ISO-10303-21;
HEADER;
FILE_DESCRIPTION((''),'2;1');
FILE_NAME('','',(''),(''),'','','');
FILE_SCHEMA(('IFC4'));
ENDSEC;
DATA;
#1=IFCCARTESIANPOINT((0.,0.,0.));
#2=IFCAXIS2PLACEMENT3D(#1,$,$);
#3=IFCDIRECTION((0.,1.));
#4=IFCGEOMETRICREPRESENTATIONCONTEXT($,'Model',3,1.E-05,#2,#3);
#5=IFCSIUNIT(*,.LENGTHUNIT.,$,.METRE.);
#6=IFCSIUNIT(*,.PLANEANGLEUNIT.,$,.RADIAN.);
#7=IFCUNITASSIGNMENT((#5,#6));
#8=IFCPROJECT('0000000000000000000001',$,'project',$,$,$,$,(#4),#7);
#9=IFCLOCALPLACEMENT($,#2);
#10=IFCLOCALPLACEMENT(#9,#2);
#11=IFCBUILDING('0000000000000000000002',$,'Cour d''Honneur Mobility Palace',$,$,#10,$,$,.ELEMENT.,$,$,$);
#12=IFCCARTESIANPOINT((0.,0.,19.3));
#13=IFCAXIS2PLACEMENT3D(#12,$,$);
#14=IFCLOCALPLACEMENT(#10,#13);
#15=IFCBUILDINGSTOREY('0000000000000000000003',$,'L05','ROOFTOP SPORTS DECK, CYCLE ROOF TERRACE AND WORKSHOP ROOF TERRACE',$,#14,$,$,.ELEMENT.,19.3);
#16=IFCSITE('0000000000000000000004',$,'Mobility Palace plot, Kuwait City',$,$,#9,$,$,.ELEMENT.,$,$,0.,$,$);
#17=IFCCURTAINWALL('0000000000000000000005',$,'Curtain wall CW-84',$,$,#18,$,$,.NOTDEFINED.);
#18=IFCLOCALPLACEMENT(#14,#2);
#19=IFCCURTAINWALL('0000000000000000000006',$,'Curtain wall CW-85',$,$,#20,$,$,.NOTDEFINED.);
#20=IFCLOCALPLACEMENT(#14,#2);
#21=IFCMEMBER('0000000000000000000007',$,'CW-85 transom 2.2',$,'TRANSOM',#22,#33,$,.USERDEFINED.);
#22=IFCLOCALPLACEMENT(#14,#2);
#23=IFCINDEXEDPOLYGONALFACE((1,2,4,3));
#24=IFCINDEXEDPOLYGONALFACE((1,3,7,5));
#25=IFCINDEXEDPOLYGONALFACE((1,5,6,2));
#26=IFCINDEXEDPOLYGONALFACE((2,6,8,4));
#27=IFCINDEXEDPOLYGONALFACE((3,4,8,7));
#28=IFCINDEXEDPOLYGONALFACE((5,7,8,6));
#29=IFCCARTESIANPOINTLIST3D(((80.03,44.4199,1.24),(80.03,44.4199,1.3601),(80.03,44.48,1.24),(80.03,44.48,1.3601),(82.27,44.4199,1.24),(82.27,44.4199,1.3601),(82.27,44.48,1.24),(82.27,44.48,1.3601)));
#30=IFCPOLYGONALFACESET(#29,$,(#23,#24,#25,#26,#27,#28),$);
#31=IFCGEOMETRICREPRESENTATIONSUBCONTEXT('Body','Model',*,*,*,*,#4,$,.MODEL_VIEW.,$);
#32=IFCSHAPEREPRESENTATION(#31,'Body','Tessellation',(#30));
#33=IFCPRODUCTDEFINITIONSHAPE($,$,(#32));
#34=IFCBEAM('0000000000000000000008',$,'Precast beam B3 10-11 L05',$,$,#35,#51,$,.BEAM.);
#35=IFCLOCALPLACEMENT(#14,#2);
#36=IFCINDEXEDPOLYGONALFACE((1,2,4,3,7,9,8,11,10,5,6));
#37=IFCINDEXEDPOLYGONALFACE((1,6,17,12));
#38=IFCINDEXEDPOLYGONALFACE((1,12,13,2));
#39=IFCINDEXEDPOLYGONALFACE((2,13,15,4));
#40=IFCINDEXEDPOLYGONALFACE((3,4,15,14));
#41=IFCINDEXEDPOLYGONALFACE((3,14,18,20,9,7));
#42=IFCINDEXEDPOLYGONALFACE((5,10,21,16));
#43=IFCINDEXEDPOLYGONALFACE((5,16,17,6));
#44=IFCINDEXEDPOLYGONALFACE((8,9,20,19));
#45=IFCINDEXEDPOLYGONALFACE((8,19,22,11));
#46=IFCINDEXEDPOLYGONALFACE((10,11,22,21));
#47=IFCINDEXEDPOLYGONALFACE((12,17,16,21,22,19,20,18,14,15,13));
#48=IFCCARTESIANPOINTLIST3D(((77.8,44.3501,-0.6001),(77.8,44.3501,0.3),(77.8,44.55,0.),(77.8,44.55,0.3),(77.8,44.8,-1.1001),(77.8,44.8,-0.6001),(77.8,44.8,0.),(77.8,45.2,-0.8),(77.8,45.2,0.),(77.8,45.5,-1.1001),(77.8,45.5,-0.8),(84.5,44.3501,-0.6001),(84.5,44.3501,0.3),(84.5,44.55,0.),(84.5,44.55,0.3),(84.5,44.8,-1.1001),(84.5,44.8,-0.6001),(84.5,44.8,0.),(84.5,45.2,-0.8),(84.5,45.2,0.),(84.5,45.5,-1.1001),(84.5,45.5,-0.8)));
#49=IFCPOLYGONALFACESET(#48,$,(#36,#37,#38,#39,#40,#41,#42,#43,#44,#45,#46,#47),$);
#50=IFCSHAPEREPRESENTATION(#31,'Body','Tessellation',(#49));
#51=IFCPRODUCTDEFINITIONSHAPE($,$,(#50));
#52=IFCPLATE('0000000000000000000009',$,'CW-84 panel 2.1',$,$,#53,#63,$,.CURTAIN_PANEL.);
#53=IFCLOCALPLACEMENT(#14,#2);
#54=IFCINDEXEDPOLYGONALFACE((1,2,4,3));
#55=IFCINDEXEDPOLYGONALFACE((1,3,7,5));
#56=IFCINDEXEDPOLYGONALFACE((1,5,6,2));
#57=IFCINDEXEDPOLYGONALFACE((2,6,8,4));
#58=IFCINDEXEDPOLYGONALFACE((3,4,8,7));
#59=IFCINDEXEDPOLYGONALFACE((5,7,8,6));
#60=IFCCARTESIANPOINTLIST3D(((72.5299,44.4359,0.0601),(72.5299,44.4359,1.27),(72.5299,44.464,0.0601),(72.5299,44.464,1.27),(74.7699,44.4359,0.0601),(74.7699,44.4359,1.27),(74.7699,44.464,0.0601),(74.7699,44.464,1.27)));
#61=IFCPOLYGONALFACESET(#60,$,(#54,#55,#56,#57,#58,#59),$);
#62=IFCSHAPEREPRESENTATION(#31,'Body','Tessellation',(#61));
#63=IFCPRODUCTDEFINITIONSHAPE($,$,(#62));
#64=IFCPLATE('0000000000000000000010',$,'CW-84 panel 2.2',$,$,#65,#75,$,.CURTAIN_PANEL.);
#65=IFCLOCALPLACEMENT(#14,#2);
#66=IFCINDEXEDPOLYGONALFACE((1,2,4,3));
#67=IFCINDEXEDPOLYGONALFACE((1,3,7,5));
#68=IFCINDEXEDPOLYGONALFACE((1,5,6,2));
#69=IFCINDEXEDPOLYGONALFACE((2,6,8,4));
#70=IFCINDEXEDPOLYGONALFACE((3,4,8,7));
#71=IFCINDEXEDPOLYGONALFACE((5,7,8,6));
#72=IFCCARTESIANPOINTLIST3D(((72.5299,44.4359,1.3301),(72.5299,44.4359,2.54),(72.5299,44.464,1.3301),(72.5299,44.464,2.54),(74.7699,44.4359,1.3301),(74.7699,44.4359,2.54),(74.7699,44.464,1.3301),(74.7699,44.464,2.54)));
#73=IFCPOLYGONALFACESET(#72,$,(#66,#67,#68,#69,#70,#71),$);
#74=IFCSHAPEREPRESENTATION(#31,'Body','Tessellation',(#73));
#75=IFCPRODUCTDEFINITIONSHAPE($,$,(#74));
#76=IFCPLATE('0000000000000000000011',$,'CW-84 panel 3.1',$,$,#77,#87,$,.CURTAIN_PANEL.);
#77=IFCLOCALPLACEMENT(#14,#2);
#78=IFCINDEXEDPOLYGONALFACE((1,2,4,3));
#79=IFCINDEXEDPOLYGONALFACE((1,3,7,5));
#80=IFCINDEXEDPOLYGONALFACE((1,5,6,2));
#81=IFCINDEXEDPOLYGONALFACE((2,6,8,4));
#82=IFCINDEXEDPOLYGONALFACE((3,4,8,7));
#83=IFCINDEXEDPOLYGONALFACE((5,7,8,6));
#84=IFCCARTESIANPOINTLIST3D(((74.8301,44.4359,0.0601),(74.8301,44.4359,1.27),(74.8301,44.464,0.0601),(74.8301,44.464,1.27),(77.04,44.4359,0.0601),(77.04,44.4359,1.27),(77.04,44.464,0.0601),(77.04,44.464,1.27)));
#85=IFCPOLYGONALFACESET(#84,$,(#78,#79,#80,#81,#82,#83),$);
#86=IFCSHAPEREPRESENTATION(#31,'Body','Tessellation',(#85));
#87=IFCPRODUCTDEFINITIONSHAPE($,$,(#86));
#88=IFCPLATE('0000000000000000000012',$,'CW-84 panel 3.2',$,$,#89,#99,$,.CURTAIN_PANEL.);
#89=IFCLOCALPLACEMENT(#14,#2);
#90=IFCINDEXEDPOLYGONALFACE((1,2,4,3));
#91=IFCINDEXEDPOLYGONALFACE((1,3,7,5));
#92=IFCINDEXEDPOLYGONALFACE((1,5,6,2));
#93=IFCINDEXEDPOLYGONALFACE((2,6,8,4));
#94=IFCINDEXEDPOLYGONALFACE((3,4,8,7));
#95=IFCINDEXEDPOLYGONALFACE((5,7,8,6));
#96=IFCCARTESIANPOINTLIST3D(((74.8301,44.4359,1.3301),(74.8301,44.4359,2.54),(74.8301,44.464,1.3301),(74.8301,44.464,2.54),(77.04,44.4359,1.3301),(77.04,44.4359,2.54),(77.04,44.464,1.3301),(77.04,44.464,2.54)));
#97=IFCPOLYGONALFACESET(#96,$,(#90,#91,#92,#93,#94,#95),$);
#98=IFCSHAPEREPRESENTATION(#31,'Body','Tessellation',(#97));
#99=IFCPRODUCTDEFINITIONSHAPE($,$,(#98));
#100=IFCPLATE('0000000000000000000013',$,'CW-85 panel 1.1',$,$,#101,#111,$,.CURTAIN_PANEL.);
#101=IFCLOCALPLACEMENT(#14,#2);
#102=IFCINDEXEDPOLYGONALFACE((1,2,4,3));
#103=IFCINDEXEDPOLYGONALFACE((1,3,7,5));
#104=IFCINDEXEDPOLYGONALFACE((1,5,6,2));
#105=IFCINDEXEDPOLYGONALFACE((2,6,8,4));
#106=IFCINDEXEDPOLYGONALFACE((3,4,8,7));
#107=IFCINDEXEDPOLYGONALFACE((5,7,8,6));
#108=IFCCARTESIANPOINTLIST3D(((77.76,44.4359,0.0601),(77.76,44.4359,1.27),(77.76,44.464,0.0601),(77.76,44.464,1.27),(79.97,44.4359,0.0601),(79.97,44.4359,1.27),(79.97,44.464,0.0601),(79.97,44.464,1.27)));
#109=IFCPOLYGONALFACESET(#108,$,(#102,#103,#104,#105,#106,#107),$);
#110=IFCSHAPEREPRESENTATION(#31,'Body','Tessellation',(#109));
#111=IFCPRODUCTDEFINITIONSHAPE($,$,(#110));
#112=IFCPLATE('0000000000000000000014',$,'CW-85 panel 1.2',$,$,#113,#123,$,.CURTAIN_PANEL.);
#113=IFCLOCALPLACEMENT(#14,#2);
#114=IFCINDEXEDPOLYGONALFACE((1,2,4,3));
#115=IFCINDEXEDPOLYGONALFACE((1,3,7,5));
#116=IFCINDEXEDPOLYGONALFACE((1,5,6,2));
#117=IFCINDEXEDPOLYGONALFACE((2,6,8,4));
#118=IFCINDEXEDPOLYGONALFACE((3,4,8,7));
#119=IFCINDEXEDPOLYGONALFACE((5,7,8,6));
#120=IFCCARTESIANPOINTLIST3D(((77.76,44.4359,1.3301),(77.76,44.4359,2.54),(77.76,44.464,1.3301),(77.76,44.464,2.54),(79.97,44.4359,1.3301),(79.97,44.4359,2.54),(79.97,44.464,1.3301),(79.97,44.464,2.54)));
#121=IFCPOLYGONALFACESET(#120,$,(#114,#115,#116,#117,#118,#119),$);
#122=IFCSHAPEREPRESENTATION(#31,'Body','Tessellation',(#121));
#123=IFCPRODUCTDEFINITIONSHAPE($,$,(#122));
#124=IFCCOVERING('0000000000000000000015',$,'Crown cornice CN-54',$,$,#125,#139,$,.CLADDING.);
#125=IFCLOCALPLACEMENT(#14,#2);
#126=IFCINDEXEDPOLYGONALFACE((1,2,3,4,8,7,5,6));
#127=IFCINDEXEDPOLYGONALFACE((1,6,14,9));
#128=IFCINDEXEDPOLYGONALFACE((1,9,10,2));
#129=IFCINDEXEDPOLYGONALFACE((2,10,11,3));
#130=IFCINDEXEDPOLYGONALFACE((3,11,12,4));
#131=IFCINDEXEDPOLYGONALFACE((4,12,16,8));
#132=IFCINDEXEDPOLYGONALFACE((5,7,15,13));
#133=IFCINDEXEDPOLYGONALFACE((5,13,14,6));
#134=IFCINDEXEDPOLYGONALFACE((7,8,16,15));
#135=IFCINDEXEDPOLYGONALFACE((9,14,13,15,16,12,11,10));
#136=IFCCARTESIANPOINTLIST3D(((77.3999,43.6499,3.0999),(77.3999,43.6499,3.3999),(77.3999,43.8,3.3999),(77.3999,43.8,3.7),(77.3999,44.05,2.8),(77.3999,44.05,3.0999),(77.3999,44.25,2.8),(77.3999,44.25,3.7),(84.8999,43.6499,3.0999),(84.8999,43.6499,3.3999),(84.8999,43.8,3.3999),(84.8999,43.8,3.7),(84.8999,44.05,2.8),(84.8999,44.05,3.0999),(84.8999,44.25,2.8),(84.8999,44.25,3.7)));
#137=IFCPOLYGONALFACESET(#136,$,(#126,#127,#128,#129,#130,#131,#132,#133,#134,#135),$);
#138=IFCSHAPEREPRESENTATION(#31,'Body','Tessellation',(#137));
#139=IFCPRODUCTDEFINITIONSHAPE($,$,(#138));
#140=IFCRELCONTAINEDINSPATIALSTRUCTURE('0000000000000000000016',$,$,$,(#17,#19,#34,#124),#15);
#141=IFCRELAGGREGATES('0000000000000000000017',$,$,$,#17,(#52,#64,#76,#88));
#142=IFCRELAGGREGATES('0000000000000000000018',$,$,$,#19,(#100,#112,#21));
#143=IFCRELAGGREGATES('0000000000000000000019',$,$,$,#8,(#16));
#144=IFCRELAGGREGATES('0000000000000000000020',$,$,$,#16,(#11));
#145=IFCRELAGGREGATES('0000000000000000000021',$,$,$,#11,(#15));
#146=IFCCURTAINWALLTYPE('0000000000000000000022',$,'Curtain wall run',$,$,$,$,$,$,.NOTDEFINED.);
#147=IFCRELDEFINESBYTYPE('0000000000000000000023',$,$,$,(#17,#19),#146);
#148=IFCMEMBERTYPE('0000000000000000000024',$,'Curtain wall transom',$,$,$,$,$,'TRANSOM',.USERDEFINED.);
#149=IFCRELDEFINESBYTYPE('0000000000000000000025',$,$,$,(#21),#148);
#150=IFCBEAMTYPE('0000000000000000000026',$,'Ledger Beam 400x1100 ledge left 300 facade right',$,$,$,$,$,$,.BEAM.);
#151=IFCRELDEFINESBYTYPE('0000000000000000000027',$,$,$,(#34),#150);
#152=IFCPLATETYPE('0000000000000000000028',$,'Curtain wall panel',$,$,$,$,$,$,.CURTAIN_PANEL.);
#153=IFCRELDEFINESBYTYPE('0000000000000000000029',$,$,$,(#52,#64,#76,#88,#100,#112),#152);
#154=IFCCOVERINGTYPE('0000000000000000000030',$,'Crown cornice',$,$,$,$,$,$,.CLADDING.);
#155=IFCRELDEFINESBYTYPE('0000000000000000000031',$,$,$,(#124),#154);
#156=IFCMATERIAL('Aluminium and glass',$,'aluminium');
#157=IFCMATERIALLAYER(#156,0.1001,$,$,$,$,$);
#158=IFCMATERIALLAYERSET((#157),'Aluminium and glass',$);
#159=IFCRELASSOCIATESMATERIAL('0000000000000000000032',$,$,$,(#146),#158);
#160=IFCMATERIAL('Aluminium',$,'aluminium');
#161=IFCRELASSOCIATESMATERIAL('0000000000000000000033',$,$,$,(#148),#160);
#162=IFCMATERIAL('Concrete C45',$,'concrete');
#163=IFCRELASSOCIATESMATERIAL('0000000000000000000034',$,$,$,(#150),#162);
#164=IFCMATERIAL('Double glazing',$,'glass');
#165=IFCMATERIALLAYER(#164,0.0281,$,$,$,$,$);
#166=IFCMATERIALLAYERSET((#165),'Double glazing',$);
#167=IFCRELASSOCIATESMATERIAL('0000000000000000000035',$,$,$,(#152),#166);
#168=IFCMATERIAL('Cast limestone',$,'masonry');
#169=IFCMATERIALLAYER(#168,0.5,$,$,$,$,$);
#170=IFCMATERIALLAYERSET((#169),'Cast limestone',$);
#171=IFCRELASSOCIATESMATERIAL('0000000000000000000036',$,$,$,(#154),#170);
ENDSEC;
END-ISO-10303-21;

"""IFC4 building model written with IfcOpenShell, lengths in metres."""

from ifc_helpers import new_model, si_unit, direction, frame, origin, origin_2d, place, context, subcontext, project, spatial, polyline, rectangle, outline, extrude, material, layer, layer_set, material_profile, profile_set, type_object, element, aggregate, save


model = new_model("IFC4")

# Units and contexts
model_context = context("Model", 3, precision=1e-05, world=origin(), true_north=direction((0.0, 1.0)))
body_context = subcontext(model_context, "Body", "Model", "MODEL_VIEW")
ifc_project = project(units=[si_unit("LENGTHUNIT", "METRE"), si_unit("PLANEANGLEUNIT", "RADIAN")], contexts=[model_context])

# Site, building, storey
site_placement = place(None, origin())
site = spatial("IfcSite", under=ifc_project, at=site_placement, Name="Mobility Palace plot, Kuwait City", CompositionType="ELEMENT", RefElevation=0.0)
building_placement = place(site_placement, origin())
building = spatial("IfcBuilding", under=site, at=building_placement, Name="Cour d'Honneur Mobility Palace", CompositionType="ELEMENT")
storey_placement = place(building_placement, frame((0.0, 0.0, 19.3)))
storey = spatial("IfcBuildingStorey", under=building, at=storey_placement, Name="L05", Description="ROOFTOP SPORTS DECK, CYCLE ROOF TERRACE AND WORKSHOP ROOF TERRACE", CompositionType="ELEMENT", Elevation=19.3)

# Curtain walls
ifc_material_1 = material(Name="Aluminium and glass", Category="aluminium")
ifc_layer_1 = layer(ifc_material_1, 0.1001)
ifc_layer_set_1 = layer_set([ifc_layer_1], Name="Aluminium and glass")
curtain_wall_type = type_object("IfcCurtainWallType", Name="Curtain wall run", PredefinedType="NOTDEFINED", material=ifc_layer_set_1)
curtain_wall_1_placement = place(storey_placement, origin())
curtain_wall_1 = element("IfcCurtainWall", 1, at=curtain_wall_1_placement, inside=storey, type_object=curtain_wall_type, Name="Curtain wall CW-84", PredefinedType="NOTDEFINED")
curtain_wall_2_placement = place(storey_placement, origin())
curtain_wall_2 = element("IfcCurtainWall", 2, at=curtain_wall_2_placement, inside=storey, type_object=curtain_wall_type, Name="Curtain wall CW-85", PredefinedType="NOTDEFINED")

# Member
ifc_material_2 = material(Name="Aluminium", Category="aluminium")
ifc_material_profile_1 = material_profile(ifc_material_2, rectangle(XDim=0.0601, YDim=0.1201, at=origin_2d()), Name="Curtain wall transom")
ifc_profile_set_1 = profile_set([ifc_material_profile_1], Name="Aluminium")
member_type_1 = type_object("IfcMemberType", Name="Curtain wall transom", ElementType="TRANSOM", PredefinedType="USERDEFINED", material=ifc_profile_set_1)
member_1_placement = place(storey_placement, frame((80.03, 44.45, 1.3), z_axis=(1.0, 0.0, 0.0), x_axis=(0.0, 1.0, 0.0)))
member_1 = element("IfcMember", 3, at=member_1_placement, type_object=member_type_1, Name="CW-85 transom 2.2", ObjectType="TRANSOM", PredefinedType="USERDEFINED", context=body_context, shape_type="SweptSolid", body=[
    extrude(rectangle(XDim=0.0601, YDim=0.1201, at=origin_2d()), origin(), (0.0, 0.0, 1.0), 2.24),
])

# Beam
ifc_material_3 = material(Name="Concrete C45", Category="concrete")
ifc_material_profile_2 = material_profile(ifc_material_3, outline(polyline([(0.5, -1.1001), (0.5, -0.8), (0.2, -0.8), (0.2, 0.0), (-0.2, 0.0), (-0.45, 0.0), (-0.45, 0.3), (-0.6499, 0.3), (-0.6499, -0.6001), (-0.2, -0.6001), (-0.2, -1.1001), (0.5, -1.1001)])), Name="Ledger Beam 400x1100 ledge left 300 facade right")
ifc_profile_set_2 = profile_set([ifc_material_profile_2], Name="Concrete C45")
beam_type = type_object("IfcBeamType", Name="Ledger Beam 400x1100 ledge left 300 facade right", PredefinedType="BEAM", material=ifc_profile_set_2)
beam_placement = place(storey_placement, frame((77.8, 45.0, 0.0), z_axis=(1.0, 0.0, 0.0), x_axis=(0.0, 1.0, 0.0)))
element("IfcBeam", 4, at=beam_placement, inside=storey, type_object=beam_type, Name="Precast beam B3 10-11 L05", PredefinedType="BEAM", context=body_context, shape_type="SweptSolid", body=[
    extrude(outline(polyline([(0.5, -1.1001), (0.5, -0.8), (0.2, -0.8), (0.2, 0.0), (-0.2, 0.0), (-0.45, 0.0), (-0.45, 0.3), (-0.6499, 0.3), (-0.6499, -0.6001), (-0.2, -0.6001), (-0.2, -1.1001), (0.5, -1.1001)])), origin(), (0.0, 0.0, 1.0), 6.7),
])

# Plates
ifc_material_4 = material(Name="Double glazing", Category="glass")
ifc_layer_2 = layer(ifc_material_4, 0.0281)
ifc_layer_set_2 = layer_set([ifc_layer_2], Name="Double glazing")
plate_type = type_object("IfcPlateType", Name="Curtain wall panel", PredefinedType="CURTAIN_PANEL", material=ifc_layer_set_2)
plate_1_placement = place(storey_placement, frame((73.6499, 44.45, 0.0601), z_axis=(0.0, 0.0, 1.0), x_axis=(1.0, 0.0, 0.0)))
plate_1 = element("IfcPlate", 5, at=plate_1_placement, type_object=plate_type, Name="CW-84 panel 2.1", PredefinedType="CURTAIN_PANEL", context=body_context, shape_type="SweptSolid", body=[
    extrude(rectangle(XDim=2.24, YDim=0.0281, at=origin_2d()), origin(), (0.0, 0.0, 1.0), 1.21),
])
plate_2_placement = place(storey_placement, frame((73.6499, 44.45, 1.3301), z_axis=(0.0, 0.0, 1.0), x_axis=(1.0, 0.0, 0.0)))
plate_2 = element("IfcPlate", 6, at=plate_2_placement, type_object=plate_type, Name="CW-84 panel 2.2", PredefinedType="CURTAIN_PANEL", context=body_context, shape_type="SweptSolid", body=[
    extrude(rectangle(XDim=2.24, YDim=0.0281, at=origin_2d()), origin(), (0.0, 0.0, 1.0), 1.21),
])
plate_3_placement = place(storey_placement, frame((75.9351, 44.45, 0.0601), z_axis=(0.0, 0.0, 1.0), x_axis=(1.0, 0.0, 0.0)))
plate_3 = element("IfcPlate", 7, at=plate_3_placement, type_object=plate_type, Name="CW-84 panel 3.1", PredefinedType="CURTAIN_PANEL", context=body_context, shape_type="SweptSolid", body=[
    extrude(rectangle(XDim=2.21, YDim=0.0281, at=origin_2d()), origin(), (0.0, 0.0, 1.0), 1.21),
])
plate_4_placement = place(storey_placement, frame((75.9351, 44.45, 1.3301), z_axis=(0.0, 0.0, 1.0), x_axis=(1.0, 0.0, 0.0)))
plate_4 = element("IfcPlate", 8, at=plate_4_placement, type_object=plate_type, Name="CW-84 panel 3.2", PredefinedType="CURTAIN_PANEL", context=body_context, shape_type="SweptSolid", body=[
    extrude(rectangle(XDim=2.21, YDim=0.0281, at=origin_2d()), origin(), (0.0, 0.0, 1.0), 1.21),
])
aggregate(curtain_wall_1, [plate_1, plate_2, plate_3, plate_4])
plate_5_placement = place(storey_placement, frame((78.865, 44.45, 0.0601), z_axis=(0.0, 0.0, 1.0), x_axis=(1.0, 0.0, 0.0)))
plate_5 = element("IfcPlate", 9, at=plate_5_placement, type_object=plate_type, Name="CW-85 panel 1.1", PredefinedType="CURTAIN_PANEL", context=body_context, shape_type="SweptSolid", body=[
    extrude(rectangle(XDim=2.21, YDim=0.0281, at=origin_2d()), origin(), (0.0, 0.0, 1.0), 1.21),
])
plate_6_placement = place(storey_placement, frame((78.865, 44.45, 1.3301), z_axis=(0.0, 0.0, 1.0), x_axis=(1.0, 0.0, 0.0)))
plate_6 = element("IfcPlate", 10, at=plate_6_placement, type_object=plate_type, Name="CW-85 panel 1.2", PredefinedType="CURTAIN_PANEL", context=body_context, shape_type="SweptSolid", body=[
    extrude(rectangle(XDim=2.21, YDim=0.0281, at=origin_2d()), origin(), (0.0, 0.0, 1.0), 1.21),
])
aggregate(curtain_wall_2, [plate_5, plate_6, member_1])

# Covering
ifc_material_5 = material(Name="Cast limestone", Category="masonry")
ifc_layer_3 = layer(ifc_material_5, 0.5)
ifc_layer_set_3 = layer_set([ifc_layer_3], Name="Cast limestone")
covering_type = type_object("IfcCoveringType", Name="Crown cornice", PredefinedType="CLADDING", material=ifc_layer_set_3)
covering_placement = place(storey_placement, frame((77.3999, 44.25, 2.8), z_axis=(-1.0, 0.0, 0.0), x_axis=(0.0, -1.0, 0.0)))
element("IfcCovering", 11, at=covering_placement, inside=storey, type_object=covering_type, Name="Crown cornice CN-54", PredefinedType="CLADDING", context=body_context, shape_type="SweptSolid", body=[
    extrude(outline(polyline([(0.0, 0.0), (0.2, 0.0), (0.2, 0.2998), (0.6001, 0.2998), (0.6001, 0.5999), (0.45, 0.5999), (0.45, 0.8999), (0.0, 0.8999), (0.0, 0.0)])), origin(), (0.0, 0.0, -1.0), 7.5),
])

save(model, "model.ifc")
